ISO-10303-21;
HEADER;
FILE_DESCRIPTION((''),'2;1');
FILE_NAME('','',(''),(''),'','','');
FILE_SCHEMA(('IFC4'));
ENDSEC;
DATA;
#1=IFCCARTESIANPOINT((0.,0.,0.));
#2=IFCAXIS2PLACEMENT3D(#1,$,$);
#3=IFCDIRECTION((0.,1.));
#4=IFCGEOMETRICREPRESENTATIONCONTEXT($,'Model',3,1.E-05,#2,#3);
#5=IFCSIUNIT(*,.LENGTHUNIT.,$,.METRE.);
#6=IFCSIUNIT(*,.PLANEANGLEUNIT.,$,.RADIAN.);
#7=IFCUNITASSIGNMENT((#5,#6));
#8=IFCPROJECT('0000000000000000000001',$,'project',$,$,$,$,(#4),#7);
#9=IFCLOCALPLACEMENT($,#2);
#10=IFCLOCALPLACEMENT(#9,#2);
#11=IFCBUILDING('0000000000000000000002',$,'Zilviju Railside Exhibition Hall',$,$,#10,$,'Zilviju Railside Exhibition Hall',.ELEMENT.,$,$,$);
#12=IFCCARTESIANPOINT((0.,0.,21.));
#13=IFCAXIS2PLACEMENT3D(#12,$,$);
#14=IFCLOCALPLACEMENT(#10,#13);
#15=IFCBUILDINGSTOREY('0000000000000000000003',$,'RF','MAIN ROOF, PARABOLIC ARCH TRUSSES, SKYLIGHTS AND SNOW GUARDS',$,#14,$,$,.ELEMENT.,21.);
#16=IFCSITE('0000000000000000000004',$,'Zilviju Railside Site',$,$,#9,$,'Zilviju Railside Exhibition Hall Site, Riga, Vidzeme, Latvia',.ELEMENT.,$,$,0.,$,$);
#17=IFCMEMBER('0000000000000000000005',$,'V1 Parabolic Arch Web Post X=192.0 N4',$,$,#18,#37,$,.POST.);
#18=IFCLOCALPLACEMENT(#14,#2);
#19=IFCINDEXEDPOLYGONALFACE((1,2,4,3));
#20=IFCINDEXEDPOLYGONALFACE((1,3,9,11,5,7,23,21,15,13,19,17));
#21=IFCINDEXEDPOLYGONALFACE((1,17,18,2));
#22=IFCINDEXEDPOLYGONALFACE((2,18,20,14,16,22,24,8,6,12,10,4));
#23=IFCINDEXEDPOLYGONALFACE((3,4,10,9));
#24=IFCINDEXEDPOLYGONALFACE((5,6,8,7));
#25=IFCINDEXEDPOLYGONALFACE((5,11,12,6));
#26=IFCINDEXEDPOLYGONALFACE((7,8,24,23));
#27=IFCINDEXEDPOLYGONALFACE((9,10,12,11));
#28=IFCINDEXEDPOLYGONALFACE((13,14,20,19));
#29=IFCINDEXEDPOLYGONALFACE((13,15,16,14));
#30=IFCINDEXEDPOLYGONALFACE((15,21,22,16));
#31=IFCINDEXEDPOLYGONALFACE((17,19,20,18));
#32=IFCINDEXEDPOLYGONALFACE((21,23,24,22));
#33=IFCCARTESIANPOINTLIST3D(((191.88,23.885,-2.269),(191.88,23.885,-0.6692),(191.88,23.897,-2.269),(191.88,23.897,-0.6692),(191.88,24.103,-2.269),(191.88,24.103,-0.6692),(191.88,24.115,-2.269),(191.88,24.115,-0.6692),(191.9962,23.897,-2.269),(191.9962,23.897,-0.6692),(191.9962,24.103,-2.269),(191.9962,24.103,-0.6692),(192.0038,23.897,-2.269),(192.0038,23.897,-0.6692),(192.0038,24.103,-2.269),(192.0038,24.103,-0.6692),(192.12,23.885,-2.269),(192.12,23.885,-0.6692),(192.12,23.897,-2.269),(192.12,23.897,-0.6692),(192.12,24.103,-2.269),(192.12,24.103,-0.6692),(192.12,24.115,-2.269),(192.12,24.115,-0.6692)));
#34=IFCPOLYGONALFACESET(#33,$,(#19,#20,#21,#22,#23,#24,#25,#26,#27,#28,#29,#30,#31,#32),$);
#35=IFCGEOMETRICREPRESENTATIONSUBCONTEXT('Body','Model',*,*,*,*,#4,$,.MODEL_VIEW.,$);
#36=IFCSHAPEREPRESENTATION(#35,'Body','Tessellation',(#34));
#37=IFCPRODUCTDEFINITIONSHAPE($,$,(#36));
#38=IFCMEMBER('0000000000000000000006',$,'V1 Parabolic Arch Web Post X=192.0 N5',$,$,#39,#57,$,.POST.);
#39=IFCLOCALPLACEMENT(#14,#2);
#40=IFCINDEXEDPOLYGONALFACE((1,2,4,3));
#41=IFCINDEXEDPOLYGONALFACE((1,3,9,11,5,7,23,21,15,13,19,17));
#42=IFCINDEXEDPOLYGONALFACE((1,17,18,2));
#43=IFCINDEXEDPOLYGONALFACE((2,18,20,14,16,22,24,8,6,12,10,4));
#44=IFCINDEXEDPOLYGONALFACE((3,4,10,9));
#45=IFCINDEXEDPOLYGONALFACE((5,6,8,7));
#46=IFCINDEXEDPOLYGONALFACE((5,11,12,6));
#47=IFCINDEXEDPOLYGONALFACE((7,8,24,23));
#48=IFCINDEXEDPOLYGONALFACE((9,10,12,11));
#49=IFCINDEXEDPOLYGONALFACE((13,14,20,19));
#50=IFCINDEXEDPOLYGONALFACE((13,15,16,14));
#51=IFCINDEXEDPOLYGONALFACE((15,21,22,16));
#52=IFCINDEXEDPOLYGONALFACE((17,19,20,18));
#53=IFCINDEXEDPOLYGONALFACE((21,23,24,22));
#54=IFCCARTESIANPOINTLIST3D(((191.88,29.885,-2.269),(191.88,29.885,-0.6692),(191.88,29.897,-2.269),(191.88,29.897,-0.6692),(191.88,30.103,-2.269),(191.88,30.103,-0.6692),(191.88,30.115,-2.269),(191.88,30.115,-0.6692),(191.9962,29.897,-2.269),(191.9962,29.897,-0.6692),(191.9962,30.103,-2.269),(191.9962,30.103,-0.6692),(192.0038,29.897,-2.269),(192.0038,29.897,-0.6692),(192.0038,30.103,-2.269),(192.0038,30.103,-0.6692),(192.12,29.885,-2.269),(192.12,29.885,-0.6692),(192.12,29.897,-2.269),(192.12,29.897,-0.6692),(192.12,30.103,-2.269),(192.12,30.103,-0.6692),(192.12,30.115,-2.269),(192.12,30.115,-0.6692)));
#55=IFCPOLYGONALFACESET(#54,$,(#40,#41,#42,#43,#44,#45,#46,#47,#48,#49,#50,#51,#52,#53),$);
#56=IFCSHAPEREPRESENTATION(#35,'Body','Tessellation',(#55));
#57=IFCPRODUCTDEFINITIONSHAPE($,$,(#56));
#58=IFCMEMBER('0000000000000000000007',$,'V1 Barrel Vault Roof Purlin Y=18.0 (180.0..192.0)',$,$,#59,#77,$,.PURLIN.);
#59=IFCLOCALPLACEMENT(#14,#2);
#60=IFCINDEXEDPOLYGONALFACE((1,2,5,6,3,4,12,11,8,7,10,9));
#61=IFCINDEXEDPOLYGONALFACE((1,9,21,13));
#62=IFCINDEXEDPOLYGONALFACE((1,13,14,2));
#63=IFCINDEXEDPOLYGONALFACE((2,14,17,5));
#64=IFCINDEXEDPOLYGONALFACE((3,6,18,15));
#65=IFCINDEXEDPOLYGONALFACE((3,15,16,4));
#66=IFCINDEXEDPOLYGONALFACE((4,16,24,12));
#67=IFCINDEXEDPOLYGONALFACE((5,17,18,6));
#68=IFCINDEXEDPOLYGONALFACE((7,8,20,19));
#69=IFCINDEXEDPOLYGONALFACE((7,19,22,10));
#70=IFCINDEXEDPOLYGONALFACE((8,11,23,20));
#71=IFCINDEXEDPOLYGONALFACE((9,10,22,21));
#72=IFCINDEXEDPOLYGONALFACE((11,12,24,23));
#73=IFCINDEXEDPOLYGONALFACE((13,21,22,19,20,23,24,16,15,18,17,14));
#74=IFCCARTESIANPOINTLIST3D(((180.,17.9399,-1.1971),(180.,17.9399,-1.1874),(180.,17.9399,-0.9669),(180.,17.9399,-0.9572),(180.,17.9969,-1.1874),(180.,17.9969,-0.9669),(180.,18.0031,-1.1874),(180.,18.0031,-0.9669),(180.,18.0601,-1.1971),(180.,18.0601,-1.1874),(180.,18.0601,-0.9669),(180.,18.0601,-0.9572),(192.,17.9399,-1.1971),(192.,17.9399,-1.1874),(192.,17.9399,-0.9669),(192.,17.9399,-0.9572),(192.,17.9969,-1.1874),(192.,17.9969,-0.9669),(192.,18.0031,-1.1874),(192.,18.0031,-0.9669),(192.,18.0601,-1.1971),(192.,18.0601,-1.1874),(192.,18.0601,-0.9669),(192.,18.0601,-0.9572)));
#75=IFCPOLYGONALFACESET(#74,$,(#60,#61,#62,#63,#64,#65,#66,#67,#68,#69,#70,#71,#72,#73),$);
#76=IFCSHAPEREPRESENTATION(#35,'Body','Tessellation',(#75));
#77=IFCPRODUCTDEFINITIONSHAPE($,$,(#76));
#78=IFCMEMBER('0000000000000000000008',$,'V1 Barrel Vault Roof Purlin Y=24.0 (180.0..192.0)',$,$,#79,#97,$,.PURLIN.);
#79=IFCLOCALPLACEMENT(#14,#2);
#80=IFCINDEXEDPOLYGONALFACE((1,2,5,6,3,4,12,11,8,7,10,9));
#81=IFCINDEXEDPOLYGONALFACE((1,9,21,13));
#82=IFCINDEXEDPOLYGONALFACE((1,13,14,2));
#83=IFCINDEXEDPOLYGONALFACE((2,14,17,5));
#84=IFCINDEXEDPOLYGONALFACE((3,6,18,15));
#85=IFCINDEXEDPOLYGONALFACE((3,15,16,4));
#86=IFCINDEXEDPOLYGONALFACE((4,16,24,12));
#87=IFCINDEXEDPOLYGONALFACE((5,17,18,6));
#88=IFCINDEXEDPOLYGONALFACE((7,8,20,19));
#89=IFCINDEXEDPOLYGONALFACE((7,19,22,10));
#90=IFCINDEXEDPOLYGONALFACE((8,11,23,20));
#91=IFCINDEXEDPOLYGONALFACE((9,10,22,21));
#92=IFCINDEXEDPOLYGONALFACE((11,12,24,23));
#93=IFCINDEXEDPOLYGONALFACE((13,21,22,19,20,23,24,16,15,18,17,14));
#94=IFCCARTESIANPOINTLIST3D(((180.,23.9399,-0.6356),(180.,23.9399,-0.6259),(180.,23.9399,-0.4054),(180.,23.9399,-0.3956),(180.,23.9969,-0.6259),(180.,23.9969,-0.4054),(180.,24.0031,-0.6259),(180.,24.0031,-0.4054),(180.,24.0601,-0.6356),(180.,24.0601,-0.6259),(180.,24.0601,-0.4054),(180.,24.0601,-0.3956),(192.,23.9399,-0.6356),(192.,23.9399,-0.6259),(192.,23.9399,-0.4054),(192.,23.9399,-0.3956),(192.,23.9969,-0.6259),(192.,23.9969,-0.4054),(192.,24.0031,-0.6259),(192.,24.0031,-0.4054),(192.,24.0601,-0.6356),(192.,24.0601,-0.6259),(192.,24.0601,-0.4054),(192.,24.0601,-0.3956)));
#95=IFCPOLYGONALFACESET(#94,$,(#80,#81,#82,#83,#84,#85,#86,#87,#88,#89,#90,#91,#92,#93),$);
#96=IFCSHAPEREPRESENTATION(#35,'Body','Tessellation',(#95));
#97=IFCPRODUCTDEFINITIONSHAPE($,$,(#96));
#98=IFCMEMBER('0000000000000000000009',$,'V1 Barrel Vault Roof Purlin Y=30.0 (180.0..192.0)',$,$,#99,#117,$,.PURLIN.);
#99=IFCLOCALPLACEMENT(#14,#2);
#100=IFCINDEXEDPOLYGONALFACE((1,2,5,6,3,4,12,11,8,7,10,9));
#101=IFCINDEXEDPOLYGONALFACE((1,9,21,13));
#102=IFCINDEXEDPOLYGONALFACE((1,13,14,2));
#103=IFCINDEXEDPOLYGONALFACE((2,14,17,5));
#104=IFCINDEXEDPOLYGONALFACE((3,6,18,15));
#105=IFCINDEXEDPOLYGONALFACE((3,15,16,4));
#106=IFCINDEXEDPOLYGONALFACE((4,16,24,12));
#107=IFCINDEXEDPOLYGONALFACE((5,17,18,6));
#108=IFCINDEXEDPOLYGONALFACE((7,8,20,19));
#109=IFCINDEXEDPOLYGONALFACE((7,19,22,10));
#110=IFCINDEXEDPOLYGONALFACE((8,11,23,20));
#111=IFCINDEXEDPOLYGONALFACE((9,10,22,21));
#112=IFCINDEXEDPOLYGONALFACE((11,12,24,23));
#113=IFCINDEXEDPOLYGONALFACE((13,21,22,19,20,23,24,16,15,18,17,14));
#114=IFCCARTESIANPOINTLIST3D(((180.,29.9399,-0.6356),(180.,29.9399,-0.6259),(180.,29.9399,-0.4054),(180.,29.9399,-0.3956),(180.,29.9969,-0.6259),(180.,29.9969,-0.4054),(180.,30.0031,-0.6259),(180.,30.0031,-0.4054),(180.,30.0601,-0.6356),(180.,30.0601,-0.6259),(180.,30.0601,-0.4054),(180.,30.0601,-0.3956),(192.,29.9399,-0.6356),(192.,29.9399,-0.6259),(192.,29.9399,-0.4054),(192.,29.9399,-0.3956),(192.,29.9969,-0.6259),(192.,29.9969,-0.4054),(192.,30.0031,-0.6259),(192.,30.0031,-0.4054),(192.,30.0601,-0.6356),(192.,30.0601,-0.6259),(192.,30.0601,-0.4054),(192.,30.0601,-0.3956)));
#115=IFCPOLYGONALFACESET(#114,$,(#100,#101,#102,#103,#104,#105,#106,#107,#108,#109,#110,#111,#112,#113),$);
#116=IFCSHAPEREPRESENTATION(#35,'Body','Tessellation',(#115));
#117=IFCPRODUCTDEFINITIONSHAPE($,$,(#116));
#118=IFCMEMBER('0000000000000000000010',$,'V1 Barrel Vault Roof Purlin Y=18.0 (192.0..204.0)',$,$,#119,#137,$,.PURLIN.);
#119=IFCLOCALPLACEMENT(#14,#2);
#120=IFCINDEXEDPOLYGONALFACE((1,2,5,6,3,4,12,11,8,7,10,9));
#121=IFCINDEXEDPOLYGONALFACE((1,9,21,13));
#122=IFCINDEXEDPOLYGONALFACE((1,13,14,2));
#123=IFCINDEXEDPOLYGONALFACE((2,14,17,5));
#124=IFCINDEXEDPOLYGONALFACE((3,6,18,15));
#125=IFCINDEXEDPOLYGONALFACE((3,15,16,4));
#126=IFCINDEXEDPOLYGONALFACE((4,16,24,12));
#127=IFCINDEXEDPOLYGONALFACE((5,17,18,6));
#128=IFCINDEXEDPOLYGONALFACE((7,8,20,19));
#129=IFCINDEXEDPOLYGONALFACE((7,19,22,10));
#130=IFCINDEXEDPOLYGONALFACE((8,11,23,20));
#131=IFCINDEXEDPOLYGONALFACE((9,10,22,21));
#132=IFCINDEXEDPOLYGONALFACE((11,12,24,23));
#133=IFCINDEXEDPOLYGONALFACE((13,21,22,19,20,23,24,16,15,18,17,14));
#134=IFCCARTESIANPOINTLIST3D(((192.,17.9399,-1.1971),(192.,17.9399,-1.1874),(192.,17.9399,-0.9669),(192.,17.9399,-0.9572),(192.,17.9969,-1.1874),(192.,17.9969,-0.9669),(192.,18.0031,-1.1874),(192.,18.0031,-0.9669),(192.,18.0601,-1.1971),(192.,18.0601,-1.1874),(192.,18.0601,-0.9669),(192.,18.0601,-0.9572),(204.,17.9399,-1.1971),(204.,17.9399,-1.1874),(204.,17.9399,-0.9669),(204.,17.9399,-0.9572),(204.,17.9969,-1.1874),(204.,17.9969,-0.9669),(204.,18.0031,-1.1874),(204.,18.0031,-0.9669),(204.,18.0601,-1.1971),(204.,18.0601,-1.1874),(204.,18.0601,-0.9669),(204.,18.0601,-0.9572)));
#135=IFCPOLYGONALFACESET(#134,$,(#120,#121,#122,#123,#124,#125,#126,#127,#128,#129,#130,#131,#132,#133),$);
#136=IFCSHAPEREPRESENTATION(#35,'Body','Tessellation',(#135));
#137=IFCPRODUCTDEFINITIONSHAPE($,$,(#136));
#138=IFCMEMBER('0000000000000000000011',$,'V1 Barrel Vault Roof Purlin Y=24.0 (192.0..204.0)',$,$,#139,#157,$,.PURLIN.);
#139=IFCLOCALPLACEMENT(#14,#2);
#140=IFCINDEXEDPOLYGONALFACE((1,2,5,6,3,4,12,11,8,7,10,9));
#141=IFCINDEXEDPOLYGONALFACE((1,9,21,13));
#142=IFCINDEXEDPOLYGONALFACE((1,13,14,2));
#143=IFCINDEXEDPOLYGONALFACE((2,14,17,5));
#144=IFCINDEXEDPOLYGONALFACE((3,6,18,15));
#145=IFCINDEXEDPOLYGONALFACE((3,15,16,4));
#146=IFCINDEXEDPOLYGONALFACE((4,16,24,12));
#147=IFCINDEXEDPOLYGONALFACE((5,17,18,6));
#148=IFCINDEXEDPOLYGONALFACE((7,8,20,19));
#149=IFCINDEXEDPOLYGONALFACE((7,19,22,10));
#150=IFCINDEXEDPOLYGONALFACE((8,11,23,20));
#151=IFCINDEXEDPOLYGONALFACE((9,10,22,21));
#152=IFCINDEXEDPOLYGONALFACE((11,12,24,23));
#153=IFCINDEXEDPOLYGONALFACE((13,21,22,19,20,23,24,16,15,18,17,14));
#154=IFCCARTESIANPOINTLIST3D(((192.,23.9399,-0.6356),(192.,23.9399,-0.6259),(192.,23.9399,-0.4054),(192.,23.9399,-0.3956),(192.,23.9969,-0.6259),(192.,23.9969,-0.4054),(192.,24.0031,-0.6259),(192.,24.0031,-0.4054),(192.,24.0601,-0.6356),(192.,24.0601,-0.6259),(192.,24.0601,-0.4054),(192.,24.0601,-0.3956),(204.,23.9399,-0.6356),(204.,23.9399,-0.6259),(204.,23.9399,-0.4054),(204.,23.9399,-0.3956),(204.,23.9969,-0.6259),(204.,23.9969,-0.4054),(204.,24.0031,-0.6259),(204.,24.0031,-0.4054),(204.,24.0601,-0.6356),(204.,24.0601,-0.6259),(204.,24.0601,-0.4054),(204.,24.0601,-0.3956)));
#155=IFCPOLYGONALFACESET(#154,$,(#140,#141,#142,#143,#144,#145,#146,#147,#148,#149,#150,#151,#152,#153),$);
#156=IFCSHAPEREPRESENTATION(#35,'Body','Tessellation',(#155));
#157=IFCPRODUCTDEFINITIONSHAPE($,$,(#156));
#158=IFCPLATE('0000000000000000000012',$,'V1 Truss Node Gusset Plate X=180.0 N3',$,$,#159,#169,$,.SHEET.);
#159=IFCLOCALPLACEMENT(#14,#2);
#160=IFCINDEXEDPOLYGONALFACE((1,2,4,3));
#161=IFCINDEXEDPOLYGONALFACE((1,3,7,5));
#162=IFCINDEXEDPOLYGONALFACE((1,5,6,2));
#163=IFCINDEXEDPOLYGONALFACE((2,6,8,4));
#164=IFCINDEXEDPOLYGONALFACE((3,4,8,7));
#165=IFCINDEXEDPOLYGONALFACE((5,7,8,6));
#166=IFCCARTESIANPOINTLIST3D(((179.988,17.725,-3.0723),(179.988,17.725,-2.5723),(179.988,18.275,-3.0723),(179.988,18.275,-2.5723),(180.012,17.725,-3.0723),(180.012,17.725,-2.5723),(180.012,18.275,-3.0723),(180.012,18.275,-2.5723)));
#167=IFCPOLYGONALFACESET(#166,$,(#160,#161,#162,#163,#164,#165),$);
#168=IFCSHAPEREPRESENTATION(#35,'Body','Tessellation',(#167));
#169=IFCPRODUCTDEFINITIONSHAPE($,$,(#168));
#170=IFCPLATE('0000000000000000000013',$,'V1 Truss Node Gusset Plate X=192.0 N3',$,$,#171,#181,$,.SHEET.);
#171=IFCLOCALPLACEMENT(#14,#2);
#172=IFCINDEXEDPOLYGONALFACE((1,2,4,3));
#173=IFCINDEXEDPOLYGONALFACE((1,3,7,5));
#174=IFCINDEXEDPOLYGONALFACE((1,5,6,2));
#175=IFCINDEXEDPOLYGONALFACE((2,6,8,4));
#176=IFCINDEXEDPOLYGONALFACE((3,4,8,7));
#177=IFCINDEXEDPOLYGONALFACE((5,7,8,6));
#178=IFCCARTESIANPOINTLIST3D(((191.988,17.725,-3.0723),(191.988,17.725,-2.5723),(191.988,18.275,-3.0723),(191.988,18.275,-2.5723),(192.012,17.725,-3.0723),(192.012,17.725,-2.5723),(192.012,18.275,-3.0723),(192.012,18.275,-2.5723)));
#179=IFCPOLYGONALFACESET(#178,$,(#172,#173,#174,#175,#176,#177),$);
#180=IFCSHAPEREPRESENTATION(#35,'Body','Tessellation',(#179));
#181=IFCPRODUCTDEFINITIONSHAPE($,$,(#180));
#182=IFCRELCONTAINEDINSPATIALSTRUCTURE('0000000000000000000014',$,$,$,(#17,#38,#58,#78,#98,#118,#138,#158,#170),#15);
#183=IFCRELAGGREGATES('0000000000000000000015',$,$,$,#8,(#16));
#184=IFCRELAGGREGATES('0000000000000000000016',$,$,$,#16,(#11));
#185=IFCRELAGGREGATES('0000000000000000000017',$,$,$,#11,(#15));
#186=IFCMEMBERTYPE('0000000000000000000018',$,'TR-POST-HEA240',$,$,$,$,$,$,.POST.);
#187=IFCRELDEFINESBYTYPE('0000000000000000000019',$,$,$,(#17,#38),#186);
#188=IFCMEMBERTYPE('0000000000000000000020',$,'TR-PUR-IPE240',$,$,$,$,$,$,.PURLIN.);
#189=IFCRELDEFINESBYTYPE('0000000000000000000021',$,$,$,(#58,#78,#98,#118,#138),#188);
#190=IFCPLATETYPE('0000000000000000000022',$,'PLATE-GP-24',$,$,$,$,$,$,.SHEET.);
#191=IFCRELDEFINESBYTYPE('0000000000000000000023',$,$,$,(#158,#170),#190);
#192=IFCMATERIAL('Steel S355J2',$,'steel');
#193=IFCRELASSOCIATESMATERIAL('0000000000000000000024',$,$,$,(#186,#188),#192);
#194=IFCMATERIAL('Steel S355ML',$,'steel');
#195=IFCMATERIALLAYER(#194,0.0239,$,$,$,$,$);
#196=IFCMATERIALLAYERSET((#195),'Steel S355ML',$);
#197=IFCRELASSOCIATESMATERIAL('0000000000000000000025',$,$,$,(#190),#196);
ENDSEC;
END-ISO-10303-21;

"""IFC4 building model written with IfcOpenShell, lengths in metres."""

from ifc_helpers import new_model, si_unit, direction, frame, origin, origin_2d, place, context, subcontext, project, spatial, rectangle, i_section, extrude, material, layer, layer_set, material_profile, profile_set, type_object, element, save


model = new_model("IFC4")

# Units and contexts
model_context = context("Model", 3, precision=1e-05, world=origin(), true_north=direction((0.0, 1.0)))
body_context = subcontext(model_context, "Body", "Model", "MODEL_VIEW")
ifc_project = project(units=[si_unit("LENGTHUNIT", "METRE"), si_unit("PLANEANGLEUNIT", "RADIAN")], contexts=[model_context])

# Site, building, storey
site_placement = place(None, origin())
site = spatial("IfcSite", under=ifc_project, at=site_placement, Name="Zilviju Railside Site", LongName="Zilviju Railside Exhibition Hall Site, Riga, Vidzeme, Latvia", CompositionType="ELEMENT", RefElevation=0.0)
building_placement = place(site_placement, origin())
building = spatial("IfcBuilding", under=site, at=building_placement, Name="Zilviju Railside Exhibition Hall", LongName="Zilviju Railside Exhibition Hall", CompositionType="ELEMENT")
storey_placement = place(building_placement, frame((0.0, 0.0, 21.0)))
storey = spatial("IfcBuildingStorey", under=building, at=storey_placement, Name="RF", Description="MAIN ROOF, PARABOLIC ARCH TRUSSES, SKYLIGHTS AND SNOW GUARDS", CompositionType="ELEMENT", Elevation=21.0)

# Members
ifc_material_1 = material(Name="Steel S355J2", Category="steel")
ifc_material_profile_1 = material_profile(ifc_material_1, i_section(OverallWidth=0.24, OverallDepth=0.23, WebThickness=0.0076, FlangeThickness=0.012, at=origin_2d()), Name="HEA 240")
ifc_profile_set_1 = profile_set([ifc_material_profile_1], Name="Steel S355J2")
member_type_1 = type_object("IfcMemberType", Name="TR-POST-HEA240", PredefinedType="POST", material=ifc_profile_set_1)
for number, where, z_axis, x_axis, name in (
    (1, (192.0, 24.0, -2.269), (0.0, 0.0, 1.0), (1.0, 0.0, 0.0), "V1 Parabolic Arch Web Post X=192.0 N4"),
    (2, (192.0, 30.0, -2.269), (0.0, 0.0, 1.0), (1.0, 0.0, 0.0), "V1 Parabolic Arch Web Post X=192.0 N5"),
):
    element("IfcMember", number, at=place(storey_placement, frame(where, z_axis=z_axis, x_axis=x_axis)), inside=storey, type_object=member_type_1, Name=name, PredefinedType="POST", context=body_context, shape_type="SweptSolid", body=[
        extrude(i_section(OverallWidth=0.24, OverallDepth=0.23, WebThickness=0.0076, FlangeThickness=0.012, at=origin_2d()), origin(), (0.0, 0.0, 1.0), 1.5999),
    ])
ifc_material_profile_2 = material_profile(ifc_material_1, i_section(OverallWidth=0.1201, OverallDepth=0.24, WebThickness=0.0061, FlangeThickness=0.0098, at=origin_2d()), Name="IPE 240")
ifc_profile_set_2 = profile_set([ifc_material_profile_2], Name="Steel S355J2")
member_type_2 = type_object("IfcMemberType", Name="TR-PUR-IPE240", PredefinedType="PURLIN", material=ifc_profile_set_2)
for number, where, z_axis, x_axis, name in (
    (3, (180.0, 18.0, -1.0771), (1.0, 0.0, 0.0), (0.0, 1.0, 0.0), "V1 Barrel Vault Roof Purlin Y=18.0 (180.0..192.0)"),
    (4, (180.0, 24.0, -0.5156), (1.0, 0.0, 0.0), (0.0, 1.0, 0.0), "V1 Barrel Vault Roof Purlin Y=24.0 (180.0..192.0)"),
    (5, (180.0, 30.0, -0.5156), (1.0, 0.0, 0.0), (0.0, 1.0, 0.0), "V1 Barrel Vault Roof Purlin Y=30.0 (180.0..192.0)"),
    (6, (192.0, 18.0, -1.0771), (1.0, 0.0, 0.0), (0.0, 1.0, 0.0), "V1 Barrel Vault Roof Purlin Y=18.0 (192.0..204.0)"),
    (7, (192.0, 24.0, -0.5156), (1.0, 0.0, 0.0), (0.0, 1.0, 0.0), "V1 Barrel Vault Roof Purlin Y=24.0 (192.0..204.0)"),
):
    element("IfcMember", number, at=place(storey_placement, frame(where, z_axis=z_axis, x_axis=x_axis)), inside=storey, type_object=member_type_2, Name=name, PredefinedType="PURLIN", context=body_context, shape_type="SweptSolid", body=[
        extrude(i_section(OverallWidth=0.1201, OverallDepth=0.24, WebThickness=0.0061, FlangeThickness=0.0098, at=origin_2d()), origin(), (0.0, 0.0, 1.0), 12.0),
    ])

# Plates
ifc_material_2 = material(Name="Steel S355ML", Category="steel")
ifc_layer = layer(ifc_material_2, 0.0239)
ifc_layer_set = layer_set([ifc_layer], Name="Steel S355ML")
plate_type = type_object("IfcPlateType", Name="PLATE-GP-24", PredefinedType="SHEET", material=ifc_layer_set)
for number, where, z_axis, x_axis, name in (
    (8, (180.0, 18.0, -3.0723), (0.0, 0.0, 1.0), (1.0, 0.0, 0.0), "V1 Truss Node Gusset Plate X=180.0 N3"),
    (9, (192.0, 18.0, -3.0723), (0.0, 0.0, 1.0), (1.0, 0.0, 0.0), "V1 Truss Node Gusset Plate X=192.0 N3"),
):
    element("IfcPlate", number, at=place(storey_placement, frame(where, z_axis=z_axis, x_axis=x_axis)), inside=storey, type_object=plate_type, Name=name, PredefinedType="SHEET", context=body_context, shape_type="SweptSolid", body=[
        extrude(rectangle(XDim=0.0239, YDim=0.55, at=origin_2d()), origin(), (0.0, 0.0, 1.0), 0.5),
    ])

save(model, "model.ifc")
